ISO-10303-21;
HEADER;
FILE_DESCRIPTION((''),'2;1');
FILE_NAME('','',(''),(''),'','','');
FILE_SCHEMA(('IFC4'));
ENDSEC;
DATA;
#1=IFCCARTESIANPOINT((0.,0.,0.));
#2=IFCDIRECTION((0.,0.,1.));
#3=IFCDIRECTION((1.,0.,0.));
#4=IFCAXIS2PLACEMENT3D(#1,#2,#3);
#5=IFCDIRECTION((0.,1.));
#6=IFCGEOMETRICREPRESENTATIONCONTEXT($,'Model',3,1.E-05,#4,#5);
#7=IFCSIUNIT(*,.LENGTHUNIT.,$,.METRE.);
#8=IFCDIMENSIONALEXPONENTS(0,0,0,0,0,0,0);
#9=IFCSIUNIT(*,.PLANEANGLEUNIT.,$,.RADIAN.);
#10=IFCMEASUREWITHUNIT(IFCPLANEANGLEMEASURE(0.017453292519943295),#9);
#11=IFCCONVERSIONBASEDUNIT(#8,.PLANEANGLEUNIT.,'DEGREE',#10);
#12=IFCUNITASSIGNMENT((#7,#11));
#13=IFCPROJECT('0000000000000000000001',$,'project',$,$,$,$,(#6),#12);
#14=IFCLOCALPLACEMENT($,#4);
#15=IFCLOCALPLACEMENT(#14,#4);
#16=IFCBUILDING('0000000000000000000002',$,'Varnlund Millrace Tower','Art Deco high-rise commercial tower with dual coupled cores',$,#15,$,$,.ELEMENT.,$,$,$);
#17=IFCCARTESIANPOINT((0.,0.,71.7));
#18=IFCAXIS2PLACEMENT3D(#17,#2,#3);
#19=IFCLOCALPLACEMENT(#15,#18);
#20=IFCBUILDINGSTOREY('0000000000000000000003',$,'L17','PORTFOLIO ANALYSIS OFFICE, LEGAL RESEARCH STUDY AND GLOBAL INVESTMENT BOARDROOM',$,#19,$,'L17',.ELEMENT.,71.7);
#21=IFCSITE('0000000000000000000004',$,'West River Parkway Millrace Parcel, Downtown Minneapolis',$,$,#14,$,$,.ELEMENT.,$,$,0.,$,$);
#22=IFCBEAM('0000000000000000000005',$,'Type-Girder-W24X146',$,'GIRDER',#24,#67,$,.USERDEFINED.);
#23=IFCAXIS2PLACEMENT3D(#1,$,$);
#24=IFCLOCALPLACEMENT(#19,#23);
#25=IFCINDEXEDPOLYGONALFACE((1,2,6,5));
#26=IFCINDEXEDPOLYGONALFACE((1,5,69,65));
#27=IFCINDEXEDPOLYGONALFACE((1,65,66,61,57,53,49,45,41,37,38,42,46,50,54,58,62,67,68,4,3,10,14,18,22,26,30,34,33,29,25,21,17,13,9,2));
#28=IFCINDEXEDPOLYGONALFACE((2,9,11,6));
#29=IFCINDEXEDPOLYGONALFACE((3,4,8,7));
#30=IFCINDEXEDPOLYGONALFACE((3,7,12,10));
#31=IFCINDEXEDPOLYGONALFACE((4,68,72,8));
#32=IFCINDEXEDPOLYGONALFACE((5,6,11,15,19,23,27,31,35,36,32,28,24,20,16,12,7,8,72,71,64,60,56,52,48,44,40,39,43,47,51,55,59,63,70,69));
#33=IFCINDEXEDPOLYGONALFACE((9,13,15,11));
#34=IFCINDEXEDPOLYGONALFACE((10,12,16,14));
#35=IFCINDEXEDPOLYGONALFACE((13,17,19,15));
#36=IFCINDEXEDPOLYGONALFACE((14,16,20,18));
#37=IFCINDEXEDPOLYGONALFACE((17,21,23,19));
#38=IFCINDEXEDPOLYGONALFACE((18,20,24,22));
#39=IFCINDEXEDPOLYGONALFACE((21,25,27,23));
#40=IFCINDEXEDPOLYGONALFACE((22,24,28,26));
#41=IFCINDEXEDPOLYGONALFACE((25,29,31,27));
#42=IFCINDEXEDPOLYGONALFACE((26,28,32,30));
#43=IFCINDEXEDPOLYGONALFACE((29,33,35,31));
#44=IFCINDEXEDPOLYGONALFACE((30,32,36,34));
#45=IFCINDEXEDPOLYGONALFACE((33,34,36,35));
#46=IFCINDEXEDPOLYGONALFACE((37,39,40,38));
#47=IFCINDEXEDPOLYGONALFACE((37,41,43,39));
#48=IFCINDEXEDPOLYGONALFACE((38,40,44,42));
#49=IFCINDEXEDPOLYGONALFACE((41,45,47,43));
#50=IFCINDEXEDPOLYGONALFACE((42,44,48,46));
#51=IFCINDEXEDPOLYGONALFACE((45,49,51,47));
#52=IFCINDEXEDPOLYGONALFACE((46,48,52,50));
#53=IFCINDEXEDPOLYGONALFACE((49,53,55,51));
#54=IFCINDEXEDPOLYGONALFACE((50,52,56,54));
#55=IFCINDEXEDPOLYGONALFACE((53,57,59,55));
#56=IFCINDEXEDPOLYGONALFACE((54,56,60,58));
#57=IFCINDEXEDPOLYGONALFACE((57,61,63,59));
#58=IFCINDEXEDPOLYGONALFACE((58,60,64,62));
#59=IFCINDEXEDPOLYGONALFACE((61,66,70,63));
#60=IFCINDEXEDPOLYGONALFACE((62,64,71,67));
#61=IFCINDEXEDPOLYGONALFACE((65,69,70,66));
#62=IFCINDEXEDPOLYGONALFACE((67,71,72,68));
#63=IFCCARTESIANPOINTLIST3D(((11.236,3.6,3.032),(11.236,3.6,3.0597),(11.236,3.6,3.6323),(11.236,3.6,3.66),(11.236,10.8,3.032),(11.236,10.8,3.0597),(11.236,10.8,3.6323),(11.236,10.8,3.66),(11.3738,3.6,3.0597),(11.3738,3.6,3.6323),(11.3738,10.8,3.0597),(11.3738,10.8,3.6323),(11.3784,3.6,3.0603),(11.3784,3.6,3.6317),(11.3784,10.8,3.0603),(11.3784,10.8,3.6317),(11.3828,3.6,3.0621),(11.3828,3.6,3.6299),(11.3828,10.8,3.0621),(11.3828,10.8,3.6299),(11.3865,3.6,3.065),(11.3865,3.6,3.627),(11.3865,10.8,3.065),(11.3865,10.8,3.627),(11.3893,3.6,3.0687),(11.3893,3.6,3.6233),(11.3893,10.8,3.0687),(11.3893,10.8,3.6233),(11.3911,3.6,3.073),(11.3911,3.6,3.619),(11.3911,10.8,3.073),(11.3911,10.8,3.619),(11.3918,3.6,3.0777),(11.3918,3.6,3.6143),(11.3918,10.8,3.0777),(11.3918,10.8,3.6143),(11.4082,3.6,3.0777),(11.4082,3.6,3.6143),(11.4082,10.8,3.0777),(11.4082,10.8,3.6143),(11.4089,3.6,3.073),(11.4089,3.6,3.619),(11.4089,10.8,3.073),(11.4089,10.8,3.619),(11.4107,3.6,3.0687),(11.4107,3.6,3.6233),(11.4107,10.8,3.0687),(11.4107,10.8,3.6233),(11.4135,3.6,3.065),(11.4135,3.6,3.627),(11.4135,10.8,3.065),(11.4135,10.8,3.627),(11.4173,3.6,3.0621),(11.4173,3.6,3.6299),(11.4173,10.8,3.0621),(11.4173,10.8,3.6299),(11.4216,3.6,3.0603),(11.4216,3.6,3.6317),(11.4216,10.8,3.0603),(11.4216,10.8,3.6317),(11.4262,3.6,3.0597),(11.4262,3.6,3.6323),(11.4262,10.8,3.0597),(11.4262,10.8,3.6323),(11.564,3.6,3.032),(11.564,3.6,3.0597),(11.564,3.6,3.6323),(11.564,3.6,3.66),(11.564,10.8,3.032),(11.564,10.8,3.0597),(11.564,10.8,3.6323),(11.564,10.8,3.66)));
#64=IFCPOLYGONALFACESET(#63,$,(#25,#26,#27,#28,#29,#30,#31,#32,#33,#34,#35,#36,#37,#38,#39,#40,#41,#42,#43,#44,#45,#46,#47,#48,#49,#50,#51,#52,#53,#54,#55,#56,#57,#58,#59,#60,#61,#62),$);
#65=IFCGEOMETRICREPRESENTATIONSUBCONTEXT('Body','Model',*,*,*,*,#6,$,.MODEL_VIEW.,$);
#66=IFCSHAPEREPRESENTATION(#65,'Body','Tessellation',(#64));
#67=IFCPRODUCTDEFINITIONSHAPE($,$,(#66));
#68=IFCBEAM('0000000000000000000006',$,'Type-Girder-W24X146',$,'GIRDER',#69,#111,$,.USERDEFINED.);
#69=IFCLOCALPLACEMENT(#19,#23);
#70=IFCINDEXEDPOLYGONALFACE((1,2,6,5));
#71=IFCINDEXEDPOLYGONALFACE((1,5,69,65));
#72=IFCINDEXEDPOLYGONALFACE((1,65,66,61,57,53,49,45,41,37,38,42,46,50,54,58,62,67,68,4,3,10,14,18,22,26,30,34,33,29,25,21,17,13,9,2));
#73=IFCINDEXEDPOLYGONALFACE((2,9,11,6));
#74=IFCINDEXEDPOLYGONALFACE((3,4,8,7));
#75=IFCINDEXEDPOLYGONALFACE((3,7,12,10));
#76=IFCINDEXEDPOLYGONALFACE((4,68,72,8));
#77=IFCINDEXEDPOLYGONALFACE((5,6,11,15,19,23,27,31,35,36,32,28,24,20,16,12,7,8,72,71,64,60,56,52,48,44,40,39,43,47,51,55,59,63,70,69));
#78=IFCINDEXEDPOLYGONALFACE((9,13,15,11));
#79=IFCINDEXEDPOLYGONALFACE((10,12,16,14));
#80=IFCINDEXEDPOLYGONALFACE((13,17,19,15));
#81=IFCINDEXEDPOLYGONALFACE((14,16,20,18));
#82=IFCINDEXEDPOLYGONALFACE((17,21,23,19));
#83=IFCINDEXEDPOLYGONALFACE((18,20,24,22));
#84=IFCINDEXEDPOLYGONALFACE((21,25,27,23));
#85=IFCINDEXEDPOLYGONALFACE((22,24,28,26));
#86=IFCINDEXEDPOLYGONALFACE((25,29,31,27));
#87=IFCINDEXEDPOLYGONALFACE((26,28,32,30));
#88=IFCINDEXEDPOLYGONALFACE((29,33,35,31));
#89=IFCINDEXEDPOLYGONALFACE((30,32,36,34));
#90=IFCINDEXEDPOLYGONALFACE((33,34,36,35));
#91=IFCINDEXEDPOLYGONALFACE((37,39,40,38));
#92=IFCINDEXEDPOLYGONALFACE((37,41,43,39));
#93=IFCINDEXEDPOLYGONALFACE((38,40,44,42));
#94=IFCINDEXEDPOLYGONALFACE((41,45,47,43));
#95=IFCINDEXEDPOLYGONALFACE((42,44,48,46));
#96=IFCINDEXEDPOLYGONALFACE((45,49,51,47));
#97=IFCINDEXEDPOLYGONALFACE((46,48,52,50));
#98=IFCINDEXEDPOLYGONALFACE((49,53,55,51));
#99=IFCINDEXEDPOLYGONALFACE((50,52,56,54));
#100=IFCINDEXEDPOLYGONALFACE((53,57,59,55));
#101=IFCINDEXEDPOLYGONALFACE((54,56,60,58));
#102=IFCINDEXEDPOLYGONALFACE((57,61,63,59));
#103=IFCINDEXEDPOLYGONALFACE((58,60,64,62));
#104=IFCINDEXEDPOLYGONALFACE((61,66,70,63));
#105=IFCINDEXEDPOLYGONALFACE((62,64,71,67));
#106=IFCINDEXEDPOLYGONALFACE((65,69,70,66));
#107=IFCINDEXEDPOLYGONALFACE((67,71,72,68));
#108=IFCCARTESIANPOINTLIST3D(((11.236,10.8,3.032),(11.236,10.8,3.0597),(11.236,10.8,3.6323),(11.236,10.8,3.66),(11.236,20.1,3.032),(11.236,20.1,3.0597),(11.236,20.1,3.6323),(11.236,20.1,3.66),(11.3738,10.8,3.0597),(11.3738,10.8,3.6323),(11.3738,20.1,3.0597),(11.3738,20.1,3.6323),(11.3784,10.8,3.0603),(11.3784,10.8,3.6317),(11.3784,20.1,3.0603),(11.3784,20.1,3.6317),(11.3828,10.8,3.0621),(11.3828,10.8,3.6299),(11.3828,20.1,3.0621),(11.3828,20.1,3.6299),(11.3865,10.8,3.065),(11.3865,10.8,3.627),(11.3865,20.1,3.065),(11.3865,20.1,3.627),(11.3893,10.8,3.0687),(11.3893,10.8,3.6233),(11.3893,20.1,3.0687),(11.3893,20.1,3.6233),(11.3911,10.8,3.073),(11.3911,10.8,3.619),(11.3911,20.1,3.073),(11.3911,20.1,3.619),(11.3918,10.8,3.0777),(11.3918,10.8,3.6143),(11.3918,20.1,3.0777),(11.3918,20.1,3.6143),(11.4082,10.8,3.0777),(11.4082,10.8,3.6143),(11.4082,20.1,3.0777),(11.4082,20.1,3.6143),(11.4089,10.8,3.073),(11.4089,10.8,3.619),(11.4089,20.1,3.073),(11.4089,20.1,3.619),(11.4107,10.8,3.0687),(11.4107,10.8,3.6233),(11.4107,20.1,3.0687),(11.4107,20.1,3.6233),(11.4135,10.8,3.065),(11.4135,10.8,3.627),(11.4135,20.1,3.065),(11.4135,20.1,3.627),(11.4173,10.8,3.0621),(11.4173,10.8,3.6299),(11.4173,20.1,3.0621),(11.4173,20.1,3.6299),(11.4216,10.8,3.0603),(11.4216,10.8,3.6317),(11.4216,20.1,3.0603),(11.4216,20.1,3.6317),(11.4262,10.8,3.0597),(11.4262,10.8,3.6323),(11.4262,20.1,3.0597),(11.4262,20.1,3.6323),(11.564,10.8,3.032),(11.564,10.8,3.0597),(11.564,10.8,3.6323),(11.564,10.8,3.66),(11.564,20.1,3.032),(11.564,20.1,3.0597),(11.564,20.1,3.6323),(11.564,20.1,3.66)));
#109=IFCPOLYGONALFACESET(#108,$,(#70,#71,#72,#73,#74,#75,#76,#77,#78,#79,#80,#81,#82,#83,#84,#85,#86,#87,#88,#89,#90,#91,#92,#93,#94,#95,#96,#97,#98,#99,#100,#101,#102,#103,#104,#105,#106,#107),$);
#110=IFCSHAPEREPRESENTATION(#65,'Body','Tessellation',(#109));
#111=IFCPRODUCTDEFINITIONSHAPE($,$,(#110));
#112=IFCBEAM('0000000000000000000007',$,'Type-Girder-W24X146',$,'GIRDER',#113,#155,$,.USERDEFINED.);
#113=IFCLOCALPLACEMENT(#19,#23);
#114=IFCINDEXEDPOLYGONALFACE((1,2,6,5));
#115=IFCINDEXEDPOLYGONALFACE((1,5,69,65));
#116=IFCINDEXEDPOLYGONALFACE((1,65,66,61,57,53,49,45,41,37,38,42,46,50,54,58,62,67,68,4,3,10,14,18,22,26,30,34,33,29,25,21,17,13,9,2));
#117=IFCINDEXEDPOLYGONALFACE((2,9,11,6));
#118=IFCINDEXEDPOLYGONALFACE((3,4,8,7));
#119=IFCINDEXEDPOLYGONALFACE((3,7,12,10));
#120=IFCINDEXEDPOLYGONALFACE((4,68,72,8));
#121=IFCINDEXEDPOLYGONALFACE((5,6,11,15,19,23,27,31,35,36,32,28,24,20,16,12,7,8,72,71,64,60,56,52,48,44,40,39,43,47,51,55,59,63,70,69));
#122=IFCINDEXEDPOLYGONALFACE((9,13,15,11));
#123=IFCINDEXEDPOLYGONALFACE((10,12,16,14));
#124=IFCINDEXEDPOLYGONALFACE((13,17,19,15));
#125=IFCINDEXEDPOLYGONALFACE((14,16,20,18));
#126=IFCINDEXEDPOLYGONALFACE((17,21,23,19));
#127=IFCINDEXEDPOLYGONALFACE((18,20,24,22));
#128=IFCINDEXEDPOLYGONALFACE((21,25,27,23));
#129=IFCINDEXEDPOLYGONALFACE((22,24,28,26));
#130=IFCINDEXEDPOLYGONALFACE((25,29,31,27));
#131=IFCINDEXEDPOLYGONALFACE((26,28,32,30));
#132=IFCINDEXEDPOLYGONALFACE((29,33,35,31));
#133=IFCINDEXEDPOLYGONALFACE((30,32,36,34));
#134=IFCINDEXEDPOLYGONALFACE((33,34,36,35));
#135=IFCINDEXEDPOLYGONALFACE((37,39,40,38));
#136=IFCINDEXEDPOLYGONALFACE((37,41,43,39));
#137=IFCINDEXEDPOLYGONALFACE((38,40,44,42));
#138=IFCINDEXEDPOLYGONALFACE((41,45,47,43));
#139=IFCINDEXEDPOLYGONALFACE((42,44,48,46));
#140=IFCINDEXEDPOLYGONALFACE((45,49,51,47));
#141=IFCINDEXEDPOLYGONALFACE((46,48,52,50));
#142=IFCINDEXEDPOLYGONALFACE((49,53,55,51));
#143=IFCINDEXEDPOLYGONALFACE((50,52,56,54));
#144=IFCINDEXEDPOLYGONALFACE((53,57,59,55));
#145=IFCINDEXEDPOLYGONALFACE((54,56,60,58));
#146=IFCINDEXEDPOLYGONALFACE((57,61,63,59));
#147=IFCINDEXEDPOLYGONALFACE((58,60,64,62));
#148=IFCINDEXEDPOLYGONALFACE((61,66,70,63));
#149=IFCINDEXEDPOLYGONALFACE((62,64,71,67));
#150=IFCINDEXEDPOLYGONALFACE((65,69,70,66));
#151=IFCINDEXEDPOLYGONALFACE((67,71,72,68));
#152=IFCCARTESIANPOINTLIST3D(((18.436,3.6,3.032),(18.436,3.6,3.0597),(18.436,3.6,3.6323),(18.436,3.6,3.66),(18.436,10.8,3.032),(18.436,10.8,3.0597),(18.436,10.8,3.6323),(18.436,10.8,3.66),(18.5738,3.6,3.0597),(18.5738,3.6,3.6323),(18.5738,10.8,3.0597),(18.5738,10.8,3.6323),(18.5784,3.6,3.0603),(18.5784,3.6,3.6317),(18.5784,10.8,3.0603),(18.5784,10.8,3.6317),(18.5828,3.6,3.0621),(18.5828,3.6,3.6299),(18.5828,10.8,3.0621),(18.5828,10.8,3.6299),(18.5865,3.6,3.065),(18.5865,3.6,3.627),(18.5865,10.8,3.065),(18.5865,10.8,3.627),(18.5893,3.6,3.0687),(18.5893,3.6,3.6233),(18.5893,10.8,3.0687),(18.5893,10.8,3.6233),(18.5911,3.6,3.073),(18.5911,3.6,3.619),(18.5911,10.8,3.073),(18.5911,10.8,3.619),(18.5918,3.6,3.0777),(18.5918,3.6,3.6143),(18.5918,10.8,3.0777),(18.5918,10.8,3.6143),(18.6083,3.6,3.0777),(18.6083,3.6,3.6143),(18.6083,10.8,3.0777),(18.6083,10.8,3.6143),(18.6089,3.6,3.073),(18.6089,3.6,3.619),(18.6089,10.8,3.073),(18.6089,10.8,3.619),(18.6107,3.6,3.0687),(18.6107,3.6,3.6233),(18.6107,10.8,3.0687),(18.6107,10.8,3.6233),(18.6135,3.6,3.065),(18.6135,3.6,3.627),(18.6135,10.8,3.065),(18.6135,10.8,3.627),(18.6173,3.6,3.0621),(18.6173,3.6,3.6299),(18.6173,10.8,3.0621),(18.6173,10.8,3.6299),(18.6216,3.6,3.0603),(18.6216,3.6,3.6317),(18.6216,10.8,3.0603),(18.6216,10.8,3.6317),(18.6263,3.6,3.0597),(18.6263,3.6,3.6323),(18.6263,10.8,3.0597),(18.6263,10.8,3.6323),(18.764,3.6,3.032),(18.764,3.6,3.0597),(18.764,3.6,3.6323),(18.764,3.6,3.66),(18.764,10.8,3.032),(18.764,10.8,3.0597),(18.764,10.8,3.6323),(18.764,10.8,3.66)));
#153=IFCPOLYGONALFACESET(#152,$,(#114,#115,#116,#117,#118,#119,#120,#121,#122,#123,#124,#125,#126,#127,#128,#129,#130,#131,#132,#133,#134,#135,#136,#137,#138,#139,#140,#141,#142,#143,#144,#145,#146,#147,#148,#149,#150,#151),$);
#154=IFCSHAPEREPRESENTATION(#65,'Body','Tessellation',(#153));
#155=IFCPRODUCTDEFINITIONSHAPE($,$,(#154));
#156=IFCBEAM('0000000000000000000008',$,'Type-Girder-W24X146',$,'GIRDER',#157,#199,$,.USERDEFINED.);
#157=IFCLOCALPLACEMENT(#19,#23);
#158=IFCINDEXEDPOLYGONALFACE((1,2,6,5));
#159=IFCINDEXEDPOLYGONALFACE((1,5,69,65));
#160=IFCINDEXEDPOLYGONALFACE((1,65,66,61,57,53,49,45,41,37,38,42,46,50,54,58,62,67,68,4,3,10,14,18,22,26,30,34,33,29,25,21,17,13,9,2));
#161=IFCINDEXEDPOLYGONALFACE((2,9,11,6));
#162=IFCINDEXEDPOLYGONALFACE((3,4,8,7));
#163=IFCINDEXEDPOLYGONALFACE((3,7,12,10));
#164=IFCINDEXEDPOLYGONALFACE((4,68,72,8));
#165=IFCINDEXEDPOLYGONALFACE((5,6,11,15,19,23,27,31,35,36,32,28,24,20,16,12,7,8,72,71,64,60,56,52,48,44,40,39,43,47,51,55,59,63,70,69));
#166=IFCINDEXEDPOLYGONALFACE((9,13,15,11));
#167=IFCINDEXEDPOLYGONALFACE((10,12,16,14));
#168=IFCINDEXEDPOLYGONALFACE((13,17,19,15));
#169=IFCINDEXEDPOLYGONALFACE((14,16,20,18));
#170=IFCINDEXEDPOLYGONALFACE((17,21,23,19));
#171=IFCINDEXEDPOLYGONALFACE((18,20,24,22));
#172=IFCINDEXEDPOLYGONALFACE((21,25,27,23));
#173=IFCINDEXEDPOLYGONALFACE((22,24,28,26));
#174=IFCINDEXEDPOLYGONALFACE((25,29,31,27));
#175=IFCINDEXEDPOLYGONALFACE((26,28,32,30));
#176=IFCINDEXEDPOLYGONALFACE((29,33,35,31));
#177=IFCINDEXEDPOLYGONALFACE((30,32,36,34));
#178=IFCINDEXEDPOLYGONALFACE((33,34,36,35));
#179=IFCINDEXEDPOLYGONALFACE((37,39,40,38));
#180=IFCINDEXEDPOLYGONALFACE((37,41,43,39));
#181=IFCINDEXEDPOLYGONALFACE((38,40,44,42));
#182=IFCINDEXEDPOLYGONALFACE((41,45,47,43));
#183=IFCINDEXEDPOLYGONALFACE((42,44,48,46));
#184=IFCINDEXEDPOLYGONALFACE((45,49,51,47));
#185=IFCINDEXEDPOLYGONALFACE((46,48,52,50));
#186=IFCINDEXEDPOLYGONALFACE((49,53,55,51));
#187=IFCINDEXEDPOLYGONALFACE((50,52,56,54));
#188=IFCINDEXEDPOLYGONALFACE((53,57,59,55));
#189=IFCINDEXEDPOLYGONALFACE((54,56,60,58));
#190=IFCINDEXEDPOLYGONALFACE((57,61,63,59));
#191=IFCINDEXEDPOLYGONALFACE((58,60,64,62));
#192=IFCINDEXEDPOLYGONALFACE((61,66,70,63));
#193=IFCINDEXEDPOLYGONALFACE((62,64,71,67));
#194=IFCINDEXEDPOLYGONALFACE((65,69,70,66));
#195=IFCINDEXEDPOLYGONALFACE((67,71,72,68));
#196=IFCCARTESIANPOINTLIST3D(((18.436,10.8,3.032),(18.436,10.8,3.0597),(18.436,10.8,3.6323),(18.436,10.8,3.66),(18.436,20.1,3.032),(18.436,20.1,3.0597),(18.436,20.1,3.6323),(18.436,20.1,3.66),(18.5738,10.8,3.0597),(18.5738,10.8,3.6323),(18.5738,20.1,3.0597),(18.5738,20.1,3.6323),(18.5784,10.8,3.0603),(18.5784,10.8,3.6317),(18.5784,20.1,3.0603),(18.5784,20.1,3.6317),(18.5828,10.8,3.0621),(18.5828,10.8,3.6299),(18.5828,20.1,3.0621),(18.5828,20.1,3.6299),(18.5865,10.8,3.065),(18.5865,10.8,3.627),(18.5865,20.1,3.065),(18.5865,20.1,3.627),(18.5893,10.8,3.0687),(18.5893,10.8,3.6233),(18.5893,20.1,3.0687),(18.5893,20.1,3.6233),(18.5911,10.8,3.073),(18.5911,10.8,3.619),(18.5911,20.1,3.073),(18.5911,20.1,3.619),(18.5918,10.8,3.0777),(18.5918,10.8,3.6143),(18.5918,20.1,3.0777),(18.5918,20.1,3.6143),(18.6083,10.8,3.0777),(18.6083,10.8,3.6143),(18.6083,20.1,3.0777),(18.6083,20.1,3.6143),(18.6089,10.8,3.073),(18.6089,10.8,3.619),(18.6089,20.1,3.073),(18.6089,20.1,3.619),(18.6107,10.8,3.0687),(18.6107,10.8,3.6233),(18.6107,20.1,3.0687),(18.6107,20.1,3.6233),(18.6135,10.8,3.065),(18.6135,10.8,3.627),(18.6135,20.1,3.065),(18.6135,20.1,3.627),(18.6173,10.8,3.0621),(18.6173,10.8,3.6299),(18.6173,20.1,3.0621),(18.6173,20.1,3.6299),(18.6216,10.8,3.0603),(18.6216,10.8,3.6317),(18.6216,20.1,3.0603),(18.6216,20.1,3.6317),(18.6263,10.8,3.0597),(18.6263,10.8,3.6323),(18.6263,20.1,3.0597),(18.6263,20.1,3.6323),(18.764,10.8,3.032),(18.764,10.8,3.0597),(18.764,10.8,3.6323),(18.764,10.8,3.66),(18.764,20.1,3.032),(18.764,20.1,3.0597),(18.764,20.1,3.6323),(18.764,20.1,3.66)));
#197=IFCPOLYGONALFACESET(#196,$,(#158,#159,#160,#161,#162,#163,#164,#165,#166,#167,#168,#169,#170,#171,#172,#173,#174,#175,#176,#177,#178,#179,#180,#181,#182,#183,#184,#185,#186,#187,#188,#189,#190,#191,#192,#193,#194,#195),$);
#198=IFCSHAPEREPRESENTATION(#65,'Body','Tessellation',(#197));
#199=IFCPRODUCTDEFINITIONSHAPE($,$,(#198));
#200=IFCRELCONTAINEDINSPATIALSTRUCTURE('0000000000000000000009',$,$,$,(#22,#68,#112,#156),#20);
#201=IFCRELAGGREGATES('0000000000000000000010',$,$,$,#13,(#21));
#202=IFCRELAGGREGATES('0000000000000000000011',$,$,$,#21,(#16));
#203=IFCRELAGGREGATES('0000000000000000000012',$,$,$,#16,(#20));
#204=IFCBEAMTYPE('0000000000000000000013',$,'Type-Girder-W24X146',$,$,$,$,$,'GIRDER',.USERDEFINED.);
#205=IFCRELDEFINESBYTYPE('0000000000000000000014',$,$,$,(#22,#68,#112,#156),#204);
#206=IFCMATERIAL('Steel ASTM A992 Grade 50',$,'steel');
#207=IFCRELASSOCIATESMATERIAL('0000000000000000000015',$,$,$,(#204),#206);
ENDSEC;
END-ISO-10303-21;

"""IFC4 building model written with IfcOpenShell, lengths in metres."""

from ifc_helpers import new_model, entity, si_unit, converted_unit, direction, frame, origin_with_axes, origin_2d_with_axis, place, context, subcontext, project, spatial, i_section, extrude, material, material_profile, profile_set, type_object, element, save


model = new_model("IFC4")

# Units and contexts
model_context = context("Model", 3, precision=1e-05, world=origin_with_axes(), true_north=direction((0.0, 1.0)))
body_context = subcontext(model_context, "Body", "Model", "MODEL_VIEW")
ifc_project = project(units=[si_unit("LENGTHUNIT", "METRE"), converted_unit("PLANEANGLEUNIT", "DEGREE", entity("IfcPlaneAngleMeasure", 0.017453292519943295), si_unit("PLANEANGLEUNIT", "RADIAN"), dimensions=[0, 0, 0, 0, 0, 0, 0])], contexts=[model_context])

# Site, building, storey
site_placement = place(None, origin_with_axes())
site = spatial("IfcSite", under=ifc_project, at=site_placement, Name="West River Parkway Millrace Parcel, Downtown Minneapolis", CompositionType="ELEMENT", RefElevation=0.0)
building_placement = place(site_placement, origin_with_axes())
building = spatial("IfcBuilding", under=site, at=building_placement, Name="Varnlund Millrace Tower", Description="Art Deco high-rise commercial tower with dual coupled cores", CompositionType="ELEMENT")
storey_placement = place(building_placement, frame((0.0, 0.0, 71.7), z_axis=(0.0, 0.0, 1.0), x_axis=(1.0, 0.0, 0.0)))
storey = spatial("IfcBuildingStorey", under=building, at=storey_placement, Name="L17", Description="PORTFOLIO ANALYSIS OFFICE, LEGAL RESEARCH STUDY AND GLOBAL INVESTMENT BOARDROOM", LongName="L17", CompositionType="ELEMENT", Elevation=71.7)

# Beams
ifc_material_1 = material(Name="Steel ASTM A992 Grade 50", Category="steel")
ifc_material_profile_1 = material_profile(ifc_material_1, i_section(OverallWidth=0.328, OverallDepth=0.628, WebThickness=0.0165, FlangeThickness=0.0277, FilletRadius=0.018, at=origin_2d_with_axis()), Name="Steel ASTM A992 Grade 50")
ifc_profile_set_1 = profile_set([ifc_material_profile_1], Name="Steel ASTM A992 Grade 50")
beam_type_1 = type_object("IfcBeamType", Name="Type-Girder-W24X146", ElementType="GIRDER", PredefinedType="USERDEFINED", material=ifc_profile_set_1)
beam_1_placement = place(storey_placement, frame((11.4, 3.6, 3.346), z_axis=(0.0, 1.0, 0.0), x_axis=(-1.0, 0.0, 0.0)))
element("IfcBeam", 1, at=beam_1_placement, inside=storey, type_object=beam_type_1, Name="Type-Girder-W24X146", ObjectType="GIRDER", PredefinedType="USERDEFINED", context=body_context, shape_type="SweptSolid", body=[
    extrude(i_section(OverallWidth=0.328, OverallDepth=0.628, WebThickness=0.0165, FlangeThickness=0.0277, FilletRadius=0.018, at=origin_2d_with_axis()), origin_with_axes(), (0.0, 0.0, 1.0), 7.2),
])
beam_2_placement = place(storey_placement, frame((11.4, 10.8, 3.346), z_axis=(0.0, 1.0, 0.0), x_axis=(-1.0, 0.0, 0.0)))
element("IfcBeam", 2, at=beam_2_placement, inside=storey, type_object=beam_type_1, Name="Type-Girder-W24X146", ObjectType="GIRDER", PredefinedType="USERDEFINED", context=body_context, shape_type="SweptSolid", body=[
    extrude(i_section(OverallWidth=0.328, OverallDepth=0.628, WebThickness=0.0165, FlangeThickness=0.0277, FilletRadius=0.018, at=origin_2d_with_axis()), origin_with_axes(), (0.0, 0.0, 1.0), 9.3),
])
beam_3_placement = place(storey_placement, frame((18.6, 3.6, 3.346), z_axis=(0.0, 1.0, 0.0), x_axis=(-1.0, 0.0, 0.0)))
element("IfcBeam", 3, at=beam_3_placement, inside=storey, type_object=beam_type_1, Name="Type-Girder-W24X146", ObjectType="GIRDER", PredefinedType="USERDEFINED", context=body_context, shape_type="SweptSolid", body=[
    extrude(i_section(OverallWidth=0.328, OverallDepth=0.628, WebThickness=0.0165, FlangeThickness=0.0277, FilletRadius=0.018, at=origin_2d_with_axis()), origin_with_axes(), (0.0, 0.0, 1.0), 7.2),
])
beam_4_placement = place(storey_placement, frame((18.6, 10.8, 3.346), z_axis=(0.0, 1.0, 0.0), x_axis=(-1.0, 0.0, 0.0)))
element("IfcBeam", 4, at=beam_4_placement, inside=storey, type_object=beam_type_1, Name="Type-Girder-W24X146", ObjectType="GIRDER", PredefinedType="USERDEFINED", context=body_context, shape_type="SweptSolid", body=[
    extrude(i_section(OverallWidth=0.328, OverallDepth=0.628, WebThickness=0.0165, FlangeThickness=0.0277, FilletRadius=0.018, at=origin_2d_with_axis()), origin_with_axes(), (0.0, 0.0, 1.0), 9.3),
])

save(model, "model.ifc")
